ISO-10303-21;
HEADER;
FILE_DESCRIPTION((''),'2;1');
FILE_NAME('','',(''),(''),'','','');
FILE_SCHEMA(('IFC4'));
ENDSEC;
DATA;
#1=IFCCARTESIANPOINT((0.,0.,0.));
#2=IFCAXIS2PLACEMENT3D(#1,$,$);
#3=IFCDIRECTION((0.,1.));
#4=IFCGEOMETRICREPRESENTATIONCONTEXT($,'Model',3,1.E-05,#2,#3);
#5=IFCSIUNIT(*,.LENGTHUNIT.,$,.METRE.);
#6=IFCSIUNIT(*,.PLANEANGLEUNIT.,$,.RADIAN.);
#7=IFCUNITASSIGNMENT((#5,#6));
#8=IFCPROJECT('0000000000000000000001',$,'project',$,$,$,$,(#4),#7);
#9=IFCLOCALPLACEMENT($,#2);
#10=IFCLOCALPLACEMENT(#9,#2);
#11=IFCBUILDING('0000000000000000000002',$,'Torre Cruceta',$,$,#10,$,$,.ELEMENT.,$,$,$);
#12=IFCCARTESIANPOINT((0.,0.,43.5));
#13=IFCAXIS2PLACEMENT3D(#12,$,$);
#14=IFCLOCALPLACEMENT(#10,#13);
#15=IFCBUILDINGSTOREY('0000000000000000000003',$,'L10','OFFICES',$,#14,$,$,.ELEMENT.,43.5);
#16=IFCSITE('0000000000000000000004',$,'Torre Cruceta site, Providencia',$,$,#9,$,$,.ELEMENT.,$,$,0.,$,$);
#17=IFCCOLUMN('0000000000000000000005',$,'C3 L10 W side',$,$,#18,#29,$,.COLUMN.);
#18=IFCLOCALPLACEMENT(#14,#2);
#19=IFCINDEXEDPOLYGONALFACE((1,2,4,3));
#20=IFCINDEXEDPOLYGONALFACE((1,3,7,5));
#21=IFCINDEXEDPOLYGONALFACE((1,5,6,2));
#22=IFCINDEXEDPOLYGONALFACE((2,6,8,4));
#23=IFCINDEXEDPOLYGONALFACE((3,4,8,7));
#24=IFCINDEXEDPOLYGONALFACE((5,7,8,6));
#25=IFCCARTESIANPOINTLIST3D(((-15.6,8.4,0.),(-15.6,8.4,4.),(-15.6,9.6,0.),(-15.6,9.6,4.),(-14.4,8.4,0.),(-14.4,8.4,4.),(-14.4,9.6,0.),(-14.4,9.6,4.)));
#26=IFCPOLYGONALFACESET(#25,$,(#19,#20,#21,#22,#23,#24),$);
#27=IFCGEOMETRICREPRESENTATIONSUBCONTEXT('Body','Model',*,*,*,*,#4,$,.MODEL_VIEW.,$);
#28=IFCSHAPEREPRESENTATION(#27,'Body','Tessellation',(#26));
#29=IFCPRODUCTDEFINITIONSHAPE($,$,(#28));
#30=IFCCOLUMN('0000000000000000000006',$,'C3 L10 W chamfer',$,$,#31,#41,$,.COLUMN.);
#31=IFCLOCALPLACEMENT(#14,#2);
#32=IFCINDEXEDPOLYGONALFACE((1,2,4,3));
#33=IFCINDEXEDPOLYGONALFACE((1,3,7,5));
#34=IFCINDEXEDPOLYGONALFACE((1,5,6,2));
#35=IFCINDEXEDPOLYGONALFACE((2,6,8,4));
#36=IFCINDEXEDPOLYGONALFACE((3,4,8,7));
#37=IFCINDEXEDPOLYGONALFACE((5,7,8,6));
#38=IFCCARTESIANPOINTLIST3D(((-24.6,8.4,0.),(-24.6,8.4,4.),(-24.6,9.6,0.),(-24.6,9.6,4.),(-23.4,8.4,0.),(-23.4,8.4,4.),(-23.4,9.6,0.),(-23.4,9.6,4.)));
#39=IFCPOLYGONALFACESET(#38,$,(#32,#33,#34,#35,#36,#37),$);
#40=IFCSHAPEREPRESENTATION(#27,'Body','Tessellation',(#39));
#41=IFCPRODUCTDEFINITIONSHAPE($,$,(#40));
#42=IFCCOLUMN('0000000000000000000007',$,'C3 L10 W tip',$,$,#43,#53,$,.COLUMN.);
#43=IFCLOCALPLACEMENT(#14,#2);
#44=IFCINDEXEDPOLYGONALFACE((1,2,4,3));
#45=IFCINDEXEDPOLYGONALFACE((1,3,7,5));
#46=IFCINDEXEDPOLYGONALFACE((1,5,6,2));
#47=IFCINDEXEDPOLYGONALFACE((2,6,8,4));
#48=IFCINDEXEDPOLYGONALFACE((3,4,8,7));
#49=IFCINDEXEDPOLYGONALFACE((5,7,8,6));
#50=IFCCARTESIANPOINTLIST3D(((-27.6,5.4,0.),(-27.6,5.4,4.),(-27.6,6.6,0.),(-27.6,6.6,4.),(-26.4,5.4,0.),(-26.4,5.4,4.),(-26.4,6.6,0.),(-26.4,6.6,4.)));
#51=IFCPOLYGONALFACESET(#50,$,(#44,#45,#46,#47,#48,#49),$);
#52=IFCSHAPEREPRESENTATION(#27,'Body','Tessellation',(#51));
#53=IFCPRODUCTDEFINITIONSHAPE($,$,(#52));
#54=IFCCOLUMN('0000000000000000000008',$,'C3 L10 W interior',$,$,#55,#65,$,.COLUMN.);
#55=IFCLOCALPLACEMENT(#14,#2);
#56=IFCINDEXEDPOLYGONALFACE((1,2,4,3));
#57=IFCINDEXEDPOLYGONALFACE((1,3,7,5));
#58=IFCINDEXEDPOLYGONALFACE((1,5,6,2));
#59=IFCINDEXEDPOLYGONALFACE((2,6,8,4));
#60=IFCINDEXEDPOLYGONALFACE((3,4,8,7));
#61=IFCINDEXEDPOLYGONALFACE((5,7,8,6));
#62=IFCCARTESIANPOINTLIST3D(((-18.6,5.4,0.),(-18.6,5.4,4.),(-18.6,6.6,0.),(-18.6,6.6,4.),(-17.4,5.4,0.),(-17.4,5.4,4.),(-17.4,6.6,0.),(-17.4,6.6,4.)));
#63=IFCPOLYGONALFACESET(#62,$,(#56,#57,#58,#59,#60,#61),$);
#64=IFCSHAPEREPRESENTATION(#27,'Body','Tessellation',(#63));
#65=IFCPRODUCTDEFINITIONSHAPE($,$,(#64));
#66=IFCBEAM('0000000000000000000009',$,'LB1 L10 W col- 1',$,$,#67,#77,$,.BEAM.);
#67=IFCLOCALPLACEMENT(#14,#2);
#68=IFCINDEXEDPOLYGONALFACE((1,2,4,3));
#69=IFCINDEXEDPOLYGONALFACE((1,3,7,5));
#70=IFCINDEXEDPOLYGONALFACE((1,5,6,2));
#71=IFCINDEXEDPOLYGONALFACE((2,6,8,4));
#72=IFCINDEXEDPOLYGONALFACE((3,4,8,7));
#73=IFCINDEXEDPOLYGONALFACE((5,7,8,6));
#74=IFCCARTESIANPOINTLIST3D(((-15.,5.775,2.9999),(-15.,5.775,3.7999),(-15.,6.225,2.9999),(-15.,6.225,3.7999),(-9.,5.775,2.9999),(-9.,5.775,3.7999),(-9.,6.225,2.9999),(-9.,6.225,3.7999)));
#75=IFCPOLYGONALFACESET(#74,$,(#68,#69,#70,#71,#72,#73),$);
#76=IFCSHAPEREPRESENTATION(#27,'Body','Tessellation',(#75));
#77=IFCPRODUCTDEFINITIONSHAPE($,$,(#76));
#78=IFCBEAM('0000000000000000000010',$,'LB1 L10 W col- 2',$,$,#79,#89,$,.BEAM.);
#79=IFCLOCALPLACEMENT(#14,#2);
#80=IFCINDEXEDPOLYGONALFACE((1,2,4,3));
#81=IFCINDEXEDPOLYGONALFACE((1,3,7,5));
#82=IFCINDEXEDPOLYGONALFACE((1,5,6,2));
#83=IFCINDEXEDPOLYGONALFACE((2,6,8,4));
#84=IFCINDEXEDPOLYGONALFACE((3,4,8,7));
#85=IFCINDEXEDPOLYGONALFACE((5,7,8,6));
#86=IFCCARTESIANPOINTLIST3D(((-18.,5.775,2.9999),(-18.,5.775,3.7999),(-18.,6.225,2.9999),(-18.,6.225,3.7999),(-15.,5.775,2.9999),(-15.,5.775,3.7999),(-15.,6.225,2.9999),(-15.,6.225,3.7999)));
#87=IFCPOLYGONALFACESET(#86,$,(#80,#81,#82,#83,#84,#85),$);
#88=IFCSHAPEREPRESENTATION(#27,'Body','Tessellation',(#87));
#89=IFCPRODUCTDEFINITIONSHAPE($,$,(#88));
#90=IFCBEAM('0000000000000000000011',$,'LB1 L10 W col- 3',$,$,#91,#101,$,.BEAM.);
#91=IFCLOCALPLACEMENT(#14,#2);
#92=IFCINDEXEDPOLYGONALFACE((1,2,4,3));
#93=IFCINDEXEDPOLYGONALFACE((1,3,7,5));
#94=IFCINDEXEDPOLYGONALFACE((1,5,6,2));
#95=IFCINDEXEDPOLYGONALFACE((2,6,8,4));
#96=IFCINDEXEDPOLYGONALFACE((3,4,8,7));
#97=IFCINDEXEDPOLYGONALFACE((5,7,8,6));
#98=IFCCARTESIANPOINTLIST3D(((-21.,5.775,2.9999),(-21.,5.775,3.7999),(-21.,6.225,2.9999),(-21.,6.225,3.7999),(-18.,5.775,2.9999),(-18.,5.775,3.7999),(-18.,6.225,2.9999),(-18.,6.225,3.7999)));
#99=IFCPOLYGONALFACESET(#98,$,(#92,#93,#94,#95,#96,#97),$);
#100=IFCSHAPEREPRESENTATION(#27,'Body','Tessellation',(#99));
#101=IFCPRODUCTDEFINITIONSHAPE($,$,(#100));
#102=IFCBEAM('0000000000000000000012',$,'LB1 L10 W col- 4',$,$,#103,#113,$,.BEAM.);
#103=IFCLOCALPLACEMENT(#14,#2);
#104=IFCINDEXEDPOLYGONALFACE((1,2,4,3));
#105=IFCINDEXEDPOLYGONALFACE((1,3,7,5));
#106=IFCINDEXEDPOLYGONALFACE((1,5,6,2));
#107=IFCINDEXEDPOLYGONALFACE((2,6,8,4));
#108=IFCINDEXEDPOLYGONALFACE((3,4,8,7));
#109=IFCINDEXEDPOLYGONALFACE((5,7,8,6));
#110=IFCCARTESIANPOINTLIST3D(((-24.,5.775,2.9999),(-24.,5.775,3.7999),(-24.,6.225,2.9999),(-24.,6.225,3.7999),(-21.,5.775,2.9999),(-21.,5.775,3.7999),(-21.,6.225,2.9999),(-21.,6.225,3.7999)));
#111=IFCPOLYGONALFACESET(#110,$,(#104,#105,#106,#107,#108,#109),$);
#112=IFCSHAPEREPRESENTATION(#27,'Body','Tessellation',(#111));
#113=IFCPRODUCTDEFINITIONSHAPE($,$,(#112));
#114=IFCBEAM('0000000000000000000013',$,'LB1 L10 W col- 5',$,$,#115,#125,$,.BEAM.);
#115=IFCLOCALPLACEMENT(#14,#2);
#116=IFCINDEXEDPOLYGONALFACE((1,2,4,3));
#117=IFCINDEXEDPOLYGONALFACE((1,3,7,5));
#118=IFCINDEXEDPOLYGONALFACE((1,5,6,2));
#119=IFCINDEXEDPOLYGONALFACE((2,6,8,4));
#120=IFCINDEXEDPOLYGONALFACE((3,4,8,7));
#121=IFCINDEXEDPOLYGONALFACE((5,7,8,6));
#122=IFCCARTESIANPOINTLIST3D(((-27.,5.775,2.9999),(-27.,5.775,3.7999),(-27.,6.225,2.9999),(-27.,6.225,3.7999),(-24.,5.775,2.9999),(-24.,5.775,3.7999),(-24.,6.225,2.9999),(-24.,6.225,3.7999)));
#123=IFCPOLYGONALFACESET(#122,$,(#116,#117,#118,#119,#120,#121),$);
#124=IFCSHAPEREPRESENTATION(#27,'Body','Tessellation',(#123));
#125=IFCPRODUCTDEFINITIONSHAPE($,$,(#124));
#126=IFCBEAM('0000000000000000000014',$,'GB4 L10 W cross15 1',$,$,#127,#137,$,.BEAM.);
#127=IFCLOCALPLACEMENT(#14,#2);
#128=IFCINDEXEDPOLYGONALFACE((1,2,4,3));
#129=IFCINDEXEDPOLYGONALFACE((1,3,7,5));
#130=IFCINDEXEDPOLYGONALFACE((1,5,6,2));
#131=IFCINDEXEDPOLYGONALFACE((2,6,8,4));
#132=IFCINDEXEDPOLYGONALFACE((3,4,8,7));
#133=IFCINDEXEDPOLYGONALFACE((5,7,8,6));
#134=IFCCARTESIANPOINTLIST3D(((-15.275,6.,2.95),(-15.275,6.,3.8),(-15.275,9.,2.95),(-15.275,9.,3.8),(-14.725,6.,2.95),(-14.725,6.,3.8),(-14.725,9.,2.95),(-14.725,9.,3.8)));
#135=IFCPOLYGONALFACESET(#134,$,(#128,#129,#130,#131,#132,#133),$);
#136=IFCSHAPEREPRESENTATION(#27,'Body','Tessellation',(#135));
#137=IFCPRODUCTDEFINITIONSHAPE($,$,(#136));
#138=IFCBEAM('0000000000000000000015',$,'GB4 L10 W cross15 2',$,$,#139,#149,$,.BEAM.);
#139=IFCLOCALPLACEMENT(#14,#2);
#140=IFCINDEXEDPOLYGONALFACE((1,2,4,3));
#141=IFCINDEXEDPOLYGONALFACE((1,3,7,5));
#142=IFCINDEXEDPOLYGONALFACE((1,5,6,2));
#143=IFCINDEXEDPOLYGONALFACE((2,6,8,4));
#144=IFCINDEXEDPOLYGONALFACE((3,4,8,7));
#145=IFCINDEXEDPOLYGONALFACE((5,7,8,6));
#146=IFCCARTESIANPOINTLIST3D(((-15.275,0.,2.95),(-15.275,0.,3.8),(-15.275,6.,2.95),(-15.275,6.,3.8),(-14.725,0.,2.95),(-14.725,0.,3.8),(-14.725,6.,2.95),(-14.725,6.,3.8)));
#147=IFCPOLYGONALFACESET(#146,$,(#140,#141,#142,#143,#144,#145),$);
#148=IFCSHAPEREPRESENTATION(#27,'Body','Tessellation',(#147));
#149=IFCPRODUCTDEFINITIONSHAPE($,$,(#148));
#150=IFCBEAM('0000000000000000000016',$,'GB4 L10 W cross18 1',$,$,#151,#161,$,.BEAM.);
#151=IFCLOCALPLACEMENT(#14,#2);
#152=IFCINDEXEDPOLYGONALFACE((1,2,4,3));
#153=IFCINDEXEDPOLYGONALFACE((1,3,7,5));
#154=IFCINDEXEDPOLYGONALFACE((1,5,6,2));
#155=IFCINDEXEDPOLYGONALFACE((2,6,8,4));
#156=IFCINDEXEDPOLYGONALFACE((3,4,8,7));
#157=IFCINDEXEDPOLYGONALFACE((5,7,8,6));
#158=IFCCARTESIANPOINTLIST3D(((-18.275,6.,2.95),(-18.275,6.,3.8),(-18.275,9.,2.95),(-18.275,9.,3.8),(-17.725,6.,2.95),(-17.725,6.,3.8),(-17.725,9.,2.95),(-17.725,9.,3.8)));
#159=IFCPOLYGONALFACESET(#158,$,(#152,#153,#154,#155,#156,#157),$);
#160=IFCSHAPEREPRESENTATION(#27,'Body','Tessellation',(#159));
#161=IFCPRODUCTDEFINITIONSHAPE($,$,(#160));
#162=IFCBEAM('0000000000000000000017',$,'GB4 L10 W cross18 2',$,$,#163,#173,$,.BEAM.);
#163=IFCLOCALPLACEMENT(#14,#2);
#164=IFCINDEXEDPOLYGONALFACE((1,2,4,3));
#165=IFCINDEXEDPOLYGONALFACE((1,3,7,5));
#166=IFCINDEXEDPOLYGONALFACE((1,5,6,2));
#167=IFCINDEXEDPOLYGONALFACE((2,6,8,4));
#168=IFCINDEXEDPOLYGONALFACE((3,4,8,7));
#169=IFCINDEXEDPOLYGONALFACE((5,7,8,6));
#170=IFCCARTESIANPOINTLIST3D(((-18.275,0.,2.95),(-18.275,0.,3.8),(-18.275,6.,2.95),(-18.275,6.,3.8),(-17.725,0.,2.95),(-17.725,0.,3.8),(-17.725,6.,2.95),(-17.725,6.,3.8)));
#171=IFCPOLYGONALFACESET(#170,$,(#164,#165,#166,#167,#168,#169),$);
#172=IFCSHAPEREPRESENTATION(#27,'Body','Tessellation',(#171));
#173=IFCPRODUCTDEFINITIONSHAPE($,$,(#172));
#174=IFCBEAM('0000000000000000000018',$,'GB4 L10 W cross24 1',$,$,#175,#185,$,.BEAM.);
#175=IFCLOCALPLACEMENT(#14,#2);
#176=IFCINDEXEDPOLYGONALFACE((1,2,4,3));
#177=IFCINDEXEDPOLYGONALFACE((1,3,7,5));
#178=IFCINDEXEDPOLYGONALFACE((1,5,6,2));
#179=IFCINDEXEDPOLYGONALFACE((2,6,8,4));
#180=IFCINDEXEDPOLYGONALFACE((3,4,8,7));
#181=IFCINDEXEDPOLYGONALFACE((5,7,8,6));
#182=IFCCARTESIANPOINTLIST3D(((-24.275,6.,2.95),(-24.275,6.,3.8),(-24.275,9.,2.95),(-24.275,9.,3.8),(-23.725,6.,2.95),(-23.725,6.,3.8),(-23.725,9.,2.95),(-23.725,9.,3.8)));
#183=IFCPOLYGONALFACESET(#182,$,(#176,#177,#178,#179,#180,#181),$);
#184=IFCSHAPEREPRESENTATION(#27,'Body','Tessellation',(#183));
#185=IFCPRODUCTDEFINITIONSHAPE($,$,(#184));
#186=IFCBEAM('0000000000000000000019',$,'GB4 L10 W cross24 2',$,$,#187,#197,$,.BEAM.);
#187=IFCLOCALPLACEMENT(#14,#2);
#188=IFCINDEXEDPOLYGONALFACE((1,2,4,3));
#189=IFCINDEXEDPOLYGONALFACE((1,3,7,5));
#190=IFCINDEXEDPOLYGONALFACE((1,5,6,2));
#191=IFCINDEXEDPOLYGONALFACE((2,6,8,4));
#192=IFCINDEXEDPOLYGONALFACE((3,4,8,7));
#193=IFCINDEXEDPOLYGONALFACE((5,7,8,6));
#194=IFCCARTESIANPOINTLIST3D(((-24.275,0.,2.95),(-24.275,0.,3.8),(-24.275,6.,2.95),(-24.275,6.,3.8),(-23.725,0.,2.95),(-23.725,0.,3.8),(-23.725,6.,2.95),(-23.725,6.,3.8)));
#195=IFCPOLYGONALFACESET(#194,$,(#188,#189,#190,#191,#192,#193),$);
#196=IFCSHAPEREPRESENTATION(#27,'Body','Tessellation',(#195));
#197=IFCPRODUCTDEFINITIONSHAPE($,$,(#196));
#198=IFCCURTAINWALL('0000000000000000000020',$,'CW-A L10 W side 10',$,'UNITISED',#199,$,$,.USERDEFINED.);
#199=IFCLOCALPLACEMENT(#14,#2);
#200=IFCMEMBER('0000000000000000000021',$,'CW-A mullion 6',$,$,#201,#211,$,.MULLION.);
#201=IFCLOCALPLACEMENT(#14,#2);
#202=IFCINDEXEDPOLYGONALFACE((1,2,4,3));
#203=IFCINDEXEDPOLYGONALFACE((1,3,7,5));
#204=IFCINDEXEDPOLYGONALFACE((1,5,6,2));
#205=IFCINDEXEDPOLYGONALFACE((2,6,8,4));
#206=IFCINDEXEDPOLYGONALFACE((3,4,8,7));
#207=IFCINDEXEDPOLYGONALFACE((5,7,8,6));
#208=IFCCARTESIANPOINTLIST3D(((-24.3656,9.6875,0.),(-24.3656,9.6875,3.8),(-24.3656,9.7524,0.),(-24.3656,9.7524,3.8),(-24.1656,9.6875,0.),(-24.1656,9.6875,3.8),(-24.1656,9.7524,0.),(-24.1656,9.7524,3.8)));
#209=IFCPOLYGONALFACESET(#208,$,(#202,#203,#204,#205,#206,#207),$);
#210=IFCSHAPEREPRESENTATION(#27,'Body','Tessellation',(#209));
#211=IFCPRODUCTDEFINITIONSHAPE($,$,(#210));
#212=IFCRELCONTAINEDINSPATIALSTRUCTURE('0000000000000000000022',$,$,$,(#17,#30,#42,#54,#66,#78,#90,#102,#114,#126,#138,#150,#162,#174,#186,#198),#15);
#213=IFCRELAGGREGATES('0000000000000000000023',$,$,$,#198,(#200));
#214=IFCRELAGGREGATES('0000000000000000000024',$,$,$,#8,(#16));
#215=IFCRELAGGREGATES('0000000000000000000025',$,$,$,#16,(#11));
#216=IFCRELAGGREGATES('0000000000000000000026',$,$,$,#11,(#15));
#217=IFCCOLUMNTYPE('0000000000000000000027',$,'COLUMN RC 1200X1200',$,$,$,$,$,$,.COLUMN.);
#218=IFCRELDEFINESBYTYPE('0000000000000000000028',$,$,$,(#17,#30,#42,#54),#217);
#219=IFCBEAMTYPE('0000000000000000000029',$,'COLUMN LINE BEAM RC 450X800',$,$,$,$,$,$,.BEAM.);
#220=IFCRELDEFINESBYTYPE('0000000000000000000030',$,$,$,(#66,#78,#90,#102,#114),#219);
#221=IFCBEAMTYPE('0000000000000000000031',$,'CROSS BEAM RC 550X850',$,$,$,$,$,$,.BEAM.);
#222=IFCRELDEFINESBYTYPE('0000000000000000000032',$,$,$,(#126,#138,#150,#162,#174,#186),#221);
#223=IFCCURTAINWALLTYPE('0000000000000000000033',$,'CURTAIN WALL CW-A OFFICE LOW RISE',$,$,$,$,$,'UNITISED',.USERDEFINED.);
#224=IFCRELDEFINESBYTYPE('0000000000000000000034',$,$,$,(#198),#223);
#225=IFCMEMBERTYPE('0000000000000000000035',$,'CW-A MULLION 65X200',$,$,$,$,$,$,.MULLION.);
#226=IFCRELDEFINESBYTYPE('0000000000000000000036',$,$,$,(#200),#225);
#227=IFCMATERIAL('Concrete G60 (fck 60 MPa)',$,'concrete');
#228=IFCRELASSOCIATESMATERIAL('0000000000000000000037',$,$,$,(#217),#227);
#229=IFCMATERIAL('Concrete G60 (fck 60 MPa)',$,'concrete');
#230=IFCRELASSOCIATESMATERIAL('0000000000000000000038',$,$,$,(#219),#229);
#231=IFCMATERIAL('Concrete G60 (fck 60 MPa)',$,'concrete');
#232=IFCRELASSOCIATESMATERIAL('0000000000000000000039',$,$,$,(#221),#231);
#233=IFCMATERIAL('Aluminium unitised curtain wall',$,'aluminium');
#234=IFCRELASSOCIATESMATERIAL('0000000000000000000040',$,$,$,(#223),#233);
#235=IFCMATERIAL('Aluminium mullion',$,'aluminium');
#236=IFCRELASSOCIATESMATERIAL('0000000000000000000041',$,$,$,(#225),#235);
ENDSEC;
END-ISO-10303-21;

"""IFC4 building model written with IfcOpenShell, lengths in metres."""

from ifc_helpers import new_model, si_unit, direction, frame, origin, origin_2d, place, context, subcontext, project, spatial, rectangle, extrude, material, material_profile, profile_set, type_object, element, aggregate, save


model = new_model("IFC4")

# Units and contexts
model_context = context("Model", 3, precision=1e-05, world=origin(), true_north=direction((0.0, 1.0)))
body_context = subcontext(model_context, "Body", "Model", "MODEL_VIEW")
ifc_project = project(units=[si_unit("LENGTHUNIT", "METRE"), si_unit("PLANEANGLEUNIT", "RADIAN")], contexts=[model_context])

# Site, building, storey
site_placement = place(None, origin())
site = spatial("IfcSite", under=ifc_project, at=site_placement, Name="Torre Cruceta site, Providencia", CompositionType="ELEMENT", RefElevation=0.0)
building_placement = place(site_placement, origin())
building = spatial("IfcBuilding", under=site, at=building_placement, Name="Torre Cruceta", CompositionType="ELEMENT")
storey_placement = place(building_placement, frame((0.0, 0.0, 43.5)))
storey = spatial("IfcBuildingStorey", under=building, at=storey_placement, Name="L10", Description="OFFICES", CompositionType="ELEMENT", Elevation=43.5)

# Columns
ifc_material_1 = material(Name="Concrete G60 (fck 60 MPa)", Category="concrete")
ifc_material_profile_1 = material_profile(ifc_material_1, rectangle(XDim=1.2, YDim=1.2, at=origin_2d()), Name="RC 1200X1200")
ifc_profile_set_1 = profile_set([ifc_material_profile_1], Name="Concrete G60 (fck 60 MPa)")
column_type = type_object("IfcColumnType", Name="COLUMN RC 1200X1200", PredefinedType="COLUMN", material=ifc_profile_set_1)
for number, where, z_axis, x_axis, name in (
    (1, (-15.0, 9.0, 0.0), (0.0, 0.0, 1.0), (1.0, 0.0, 0.0), "C3 L10 W side"),
    (2, (-24.0, 9.0, 0.0), (0.0, 0.0, 1.0), (1.0, 0.0, 0.0), "C3 L10 W chamfer"),
    (3, (-27.0, 6.0, 0.0), (0.0, 0.0, 1.0), (1.0, 0.0, 0.0), "C3 L10 W tip"),
    (4, (-18.0, 6.0, 0.0), (0.0, 0.0, 1.0), (1.0, 0.0, 0.0), "C3 L10 W interior"),
):
    element("IfcColumn", number, at=place(storey_placement, frame(where, z_axis=z_axis, x_axis=x_axis)), inside=storey, type_object=column_type, Name=name, PredefinedType="COLUMN", context=body_context, shape_type="SweptSolid", body=[
        extrude(rectangle(XDim=1.2, YDim=1.2, at=origin_2d()), origin(), (0.0, 0.0, 1.0), 4.0),
    ])

# Beams
ifc_material_2 = material(Name="Concrete G60 (fck 60 MPa)", Category="concrete")
ifc_material_profile_2 = material_profile(ifc_material_2, rectangle(XDim=0.45, YDim=0.8, at=origin_2d()), Name="RC 450X800")
ifc_profile_set_2 = profile_set([ifc_material_profile_2], Name="Concrete G60 (fck 60 MPa)")
beam_type_1 = type_object("IfcBeamType", Name="COLUMN LINE BEAM RC 450X800", PredefinedType="BEAM", material=ifc_profile_set_2)
beam_1_placement = place(storey_placement, frame((-9.0, 6.0, 3.3999), z_axis=(-1.0, 0.0, 0.0), x_axis=(0.0, -1.0, 0.0)))
element("IfcBeam", 5, at=beam_1_placement, inside=storey, type_object=beam_type_1, Name="LB1 L10 W col- 1", PredefinedType="BEAM", context=body_context, shape_type="SweptSolid", body=[
    extrude(rectangle(XDim=0.45, YDim=0.8, at=origin_2d()), origin(), (0.0, 0.0, 1.0), 6.0),
])
for number, where, z_axis, x_axis, name in (
    (6, (-15.0, 6.0, 3.3999), (-1.0, 0.0, 0.0), (0.0, -1.0, 0.0), "LB1 L10 W col- 2"),
    (7, (-18.0, 6.0, 3.3999), (-1.0, 0.0, 0.0), (0.0, -1.0, 0.0), "LB1 L10 W col- 3"),
    (8, (-21.0, 6.0, 3.3999), (-1.0, 0.0, 0.0), (0.0, -1.0, 0.0), "LB1 L10 W col- 4"),
    (9, (-24.0, 6.0, 3.3999), (-1.0, 0.0, 0.0), (0.0, -1.0, 0.0), "LB1 L10 W col- 5"),
):
    element("IfcBeam", number, at=place(storey_placement, frame(where, z_axis=z_axis, x_axis=x_axis)), inside=storey, type_object=beam_type_1, Name=name, PredefinedType="BEAM", context=body_context, shape_type="SweptSolid", body=[
        extrude(rectangle(XDim=0.45, YDim=0.8, at=origin_2d()), origin(), (0.0, 0.0, 1.0), 3.0),
    ])
ifc_material_3 = material(Name="Concrete G60 (fck 60 MPa)", Category="concrete")
ifc_material_profile_3 = material_profile(ifc_material_3, rectangle(XDim=0.55, YDim=0.8501, at=origin_2d()), Name="RC 550X850")
ifc_profile_set_3 = profile_set([ifc_material_profile_3], Name="Concrete G60 (fck 60 MPa)")
beam_type_2 = type_object("IfcBeamType", Name="CROSS BEAM RC 550X850", PredefinedType="BEAM", material=ifc_profile_set_3)
beam_2_placement = place(storey_placement, frame((-15.0, 9.0, 3.375), z_axis=(0.0, -1.0, 0.0), x_axis=(1.0, 0.0, 0.0)))
element("IfcBeam", 10, at=beam_2_placement, inside=storey, type_object=beam_type_2, Name="GB4 L10 W cross15 1", PredefinedType="BEAM", context=body_context, shape_type="SweptSolid", body=[
    extrude(rectangle(XDim=0.55, YDim=0.8501, at=origin_2d()), origin(), (0.0, 0.0, 1.0), 3.0),
])
beam_3_placement = place(storey_placement, frame((-15.0, 6.0, 3.375), z_axis=(0.0, -1.0, 0.0), x_axis=(1.0, 0.0, 0.0)))
element("IfcBeam", 11, at=beam_3_placement, inside=storey, type_object=beam_type_2, Name="GB4 L10 W cross15 2", PredefinedType="BEAM", context=body_context, shape_type="SweptSolid", body=[
    extrude(rectangle(XDim=0.55, YDim=0.8501, at=origin_2d()), origin(), (0.0, 0.0, 1.0), 6.0),
])
beam_4_placement = place(storey_placement, frame((-18.0, 9.0, 3.375), z_axis=(0.0, -1.0, 0.0), x_axis=(1.0, 0.0, 0.0)))
element("IfcBeam", 12, at=beam_4_placement, inside=storey, type_object=beam_type_2, Name="GB4 L10 W cross18 1", PredefinedType="BEAM", context=body_context, shape_type="SweptSolid", body=[
    extrude(rectangle(XDim=0.55, YDim=0.8501, at=origin_2d()), origin(), (0.0, 0.0, 1.0), 3.0),
])
beam_5_placement = place(storey_placement, frame((-18.0, 6.0, 3.375), z_axis=(0.0, -1.0, 0.0), x_axis=(1.0, 0.0, 0.0)))
element("IfcBeam", 13, at=beam_5_placement, inside=storey, type_object=beam_type_2, Name="GB4 L10 W cross18 2", PredefinedType="BEAM", context=body_context, shape_type="SweptSolid", body=[
    extrude(rectangle(XDim=0.55, YDim=0.8501, at=origin_2d()), origin(), (0.0, 0.0, 1.0), 6.0),
])
beam_6_placement = place(storey_placement, frame((-24.0, 9.0, 3.375), z_axis=(0.0, -1.0, 0.0), x_axis=(1.0, 0.0, 0.0)))
element("IfcBeam", 14, at=beam_6_placement, inside=storey, type_object=beam_type_2, Name="GB4 L10 W cross24 1", PredefinedType="BEAM", context=body_context, shape_type="SweptSolid", body=[
    extrude(rectangle(XDim=0.55, YDim=0.8501, at=origin_2d()), origin(), (0.0, 0.0, 1.0), 3.0),
])
beam_7_placement = place(storey_placement, frame((-24.0, 6.0, 3.375), z_axis=(0.0, -1.0, 0.0), x_axis=(1.0, 0.0, 0.0)))
element("IfcBeam", 15, at=beam_7_placement, inside=storey, type_object=beam_type_2, Name="GB4 L10 W cross24 2", PredefinedType="BEAM", context=body_context, shape_type="SweptSolid", body=[
    extrude(rectangle(XDim=0.55, YDim=0.8501, at=origin_2d()), origin(), (0.0, 0.0, 1.0), 6.0),
])

# Curtain wall, member
ifc_material_4 = material(Name="Aluminium unitised curtain wall", Category="aluminium")
curtain_wall_type = type_object("IfcCurtainWallType", Name="CURTAIN WALL CW-A OFFICE LOW RISE", ElementType="UNITISED", PredefinedType="USERDEFINED", material=ifc_material_4)
curtain_wall_placement = place(storey_placement, origin())
curtain_wall = element("IfcCurtainWall", 16, at=curtain_wall_placement, inside=storey, type_object=curtain_wall_type, Name="CW-A L10 W side 10", ObjectType="UNITISED", PredefinedType="USERDEFINED")
ifc_material_5 = material(Name="Aluminium mullion", Category="aluminium")
ifc_material_profile_4 = material_profile(ifc_material_5, rectangle(XDim=0.0649, YDim=0.2, at=origin_2d()), Name="AL 65X200")
ifc_profile_set_4 = profile_set([ifc_material_profile_4], Name="Aluminium mullion")
member_type = type_object("IfcMemberType", Name="CW-A MULLION 65X200", PredefinedType="MULLION", material=ifc_profile_set_4)
member_placement = place(storey_placement, frame((-24.2656, 9.72, 0.0), z_axis=(0.0, 0.0, 1.0), x_axis=(0.0, -1.0, 0.0)))
member = element("IfcMember", 17, at=member_placement, type_object=member_type, Name="CW-A mullion 6", PredefinedType="MULLION", context=body_context, shape_type="SweptSolid", body=[
    extrude(rectangle(XDim=0.0649, YDim=0.2, at=origin_2d()), origin(), (0.0, 0.0, 1.0), 3.8),
])
aggregate(curtain_wall, [member])

save(model, "model.ifc")
